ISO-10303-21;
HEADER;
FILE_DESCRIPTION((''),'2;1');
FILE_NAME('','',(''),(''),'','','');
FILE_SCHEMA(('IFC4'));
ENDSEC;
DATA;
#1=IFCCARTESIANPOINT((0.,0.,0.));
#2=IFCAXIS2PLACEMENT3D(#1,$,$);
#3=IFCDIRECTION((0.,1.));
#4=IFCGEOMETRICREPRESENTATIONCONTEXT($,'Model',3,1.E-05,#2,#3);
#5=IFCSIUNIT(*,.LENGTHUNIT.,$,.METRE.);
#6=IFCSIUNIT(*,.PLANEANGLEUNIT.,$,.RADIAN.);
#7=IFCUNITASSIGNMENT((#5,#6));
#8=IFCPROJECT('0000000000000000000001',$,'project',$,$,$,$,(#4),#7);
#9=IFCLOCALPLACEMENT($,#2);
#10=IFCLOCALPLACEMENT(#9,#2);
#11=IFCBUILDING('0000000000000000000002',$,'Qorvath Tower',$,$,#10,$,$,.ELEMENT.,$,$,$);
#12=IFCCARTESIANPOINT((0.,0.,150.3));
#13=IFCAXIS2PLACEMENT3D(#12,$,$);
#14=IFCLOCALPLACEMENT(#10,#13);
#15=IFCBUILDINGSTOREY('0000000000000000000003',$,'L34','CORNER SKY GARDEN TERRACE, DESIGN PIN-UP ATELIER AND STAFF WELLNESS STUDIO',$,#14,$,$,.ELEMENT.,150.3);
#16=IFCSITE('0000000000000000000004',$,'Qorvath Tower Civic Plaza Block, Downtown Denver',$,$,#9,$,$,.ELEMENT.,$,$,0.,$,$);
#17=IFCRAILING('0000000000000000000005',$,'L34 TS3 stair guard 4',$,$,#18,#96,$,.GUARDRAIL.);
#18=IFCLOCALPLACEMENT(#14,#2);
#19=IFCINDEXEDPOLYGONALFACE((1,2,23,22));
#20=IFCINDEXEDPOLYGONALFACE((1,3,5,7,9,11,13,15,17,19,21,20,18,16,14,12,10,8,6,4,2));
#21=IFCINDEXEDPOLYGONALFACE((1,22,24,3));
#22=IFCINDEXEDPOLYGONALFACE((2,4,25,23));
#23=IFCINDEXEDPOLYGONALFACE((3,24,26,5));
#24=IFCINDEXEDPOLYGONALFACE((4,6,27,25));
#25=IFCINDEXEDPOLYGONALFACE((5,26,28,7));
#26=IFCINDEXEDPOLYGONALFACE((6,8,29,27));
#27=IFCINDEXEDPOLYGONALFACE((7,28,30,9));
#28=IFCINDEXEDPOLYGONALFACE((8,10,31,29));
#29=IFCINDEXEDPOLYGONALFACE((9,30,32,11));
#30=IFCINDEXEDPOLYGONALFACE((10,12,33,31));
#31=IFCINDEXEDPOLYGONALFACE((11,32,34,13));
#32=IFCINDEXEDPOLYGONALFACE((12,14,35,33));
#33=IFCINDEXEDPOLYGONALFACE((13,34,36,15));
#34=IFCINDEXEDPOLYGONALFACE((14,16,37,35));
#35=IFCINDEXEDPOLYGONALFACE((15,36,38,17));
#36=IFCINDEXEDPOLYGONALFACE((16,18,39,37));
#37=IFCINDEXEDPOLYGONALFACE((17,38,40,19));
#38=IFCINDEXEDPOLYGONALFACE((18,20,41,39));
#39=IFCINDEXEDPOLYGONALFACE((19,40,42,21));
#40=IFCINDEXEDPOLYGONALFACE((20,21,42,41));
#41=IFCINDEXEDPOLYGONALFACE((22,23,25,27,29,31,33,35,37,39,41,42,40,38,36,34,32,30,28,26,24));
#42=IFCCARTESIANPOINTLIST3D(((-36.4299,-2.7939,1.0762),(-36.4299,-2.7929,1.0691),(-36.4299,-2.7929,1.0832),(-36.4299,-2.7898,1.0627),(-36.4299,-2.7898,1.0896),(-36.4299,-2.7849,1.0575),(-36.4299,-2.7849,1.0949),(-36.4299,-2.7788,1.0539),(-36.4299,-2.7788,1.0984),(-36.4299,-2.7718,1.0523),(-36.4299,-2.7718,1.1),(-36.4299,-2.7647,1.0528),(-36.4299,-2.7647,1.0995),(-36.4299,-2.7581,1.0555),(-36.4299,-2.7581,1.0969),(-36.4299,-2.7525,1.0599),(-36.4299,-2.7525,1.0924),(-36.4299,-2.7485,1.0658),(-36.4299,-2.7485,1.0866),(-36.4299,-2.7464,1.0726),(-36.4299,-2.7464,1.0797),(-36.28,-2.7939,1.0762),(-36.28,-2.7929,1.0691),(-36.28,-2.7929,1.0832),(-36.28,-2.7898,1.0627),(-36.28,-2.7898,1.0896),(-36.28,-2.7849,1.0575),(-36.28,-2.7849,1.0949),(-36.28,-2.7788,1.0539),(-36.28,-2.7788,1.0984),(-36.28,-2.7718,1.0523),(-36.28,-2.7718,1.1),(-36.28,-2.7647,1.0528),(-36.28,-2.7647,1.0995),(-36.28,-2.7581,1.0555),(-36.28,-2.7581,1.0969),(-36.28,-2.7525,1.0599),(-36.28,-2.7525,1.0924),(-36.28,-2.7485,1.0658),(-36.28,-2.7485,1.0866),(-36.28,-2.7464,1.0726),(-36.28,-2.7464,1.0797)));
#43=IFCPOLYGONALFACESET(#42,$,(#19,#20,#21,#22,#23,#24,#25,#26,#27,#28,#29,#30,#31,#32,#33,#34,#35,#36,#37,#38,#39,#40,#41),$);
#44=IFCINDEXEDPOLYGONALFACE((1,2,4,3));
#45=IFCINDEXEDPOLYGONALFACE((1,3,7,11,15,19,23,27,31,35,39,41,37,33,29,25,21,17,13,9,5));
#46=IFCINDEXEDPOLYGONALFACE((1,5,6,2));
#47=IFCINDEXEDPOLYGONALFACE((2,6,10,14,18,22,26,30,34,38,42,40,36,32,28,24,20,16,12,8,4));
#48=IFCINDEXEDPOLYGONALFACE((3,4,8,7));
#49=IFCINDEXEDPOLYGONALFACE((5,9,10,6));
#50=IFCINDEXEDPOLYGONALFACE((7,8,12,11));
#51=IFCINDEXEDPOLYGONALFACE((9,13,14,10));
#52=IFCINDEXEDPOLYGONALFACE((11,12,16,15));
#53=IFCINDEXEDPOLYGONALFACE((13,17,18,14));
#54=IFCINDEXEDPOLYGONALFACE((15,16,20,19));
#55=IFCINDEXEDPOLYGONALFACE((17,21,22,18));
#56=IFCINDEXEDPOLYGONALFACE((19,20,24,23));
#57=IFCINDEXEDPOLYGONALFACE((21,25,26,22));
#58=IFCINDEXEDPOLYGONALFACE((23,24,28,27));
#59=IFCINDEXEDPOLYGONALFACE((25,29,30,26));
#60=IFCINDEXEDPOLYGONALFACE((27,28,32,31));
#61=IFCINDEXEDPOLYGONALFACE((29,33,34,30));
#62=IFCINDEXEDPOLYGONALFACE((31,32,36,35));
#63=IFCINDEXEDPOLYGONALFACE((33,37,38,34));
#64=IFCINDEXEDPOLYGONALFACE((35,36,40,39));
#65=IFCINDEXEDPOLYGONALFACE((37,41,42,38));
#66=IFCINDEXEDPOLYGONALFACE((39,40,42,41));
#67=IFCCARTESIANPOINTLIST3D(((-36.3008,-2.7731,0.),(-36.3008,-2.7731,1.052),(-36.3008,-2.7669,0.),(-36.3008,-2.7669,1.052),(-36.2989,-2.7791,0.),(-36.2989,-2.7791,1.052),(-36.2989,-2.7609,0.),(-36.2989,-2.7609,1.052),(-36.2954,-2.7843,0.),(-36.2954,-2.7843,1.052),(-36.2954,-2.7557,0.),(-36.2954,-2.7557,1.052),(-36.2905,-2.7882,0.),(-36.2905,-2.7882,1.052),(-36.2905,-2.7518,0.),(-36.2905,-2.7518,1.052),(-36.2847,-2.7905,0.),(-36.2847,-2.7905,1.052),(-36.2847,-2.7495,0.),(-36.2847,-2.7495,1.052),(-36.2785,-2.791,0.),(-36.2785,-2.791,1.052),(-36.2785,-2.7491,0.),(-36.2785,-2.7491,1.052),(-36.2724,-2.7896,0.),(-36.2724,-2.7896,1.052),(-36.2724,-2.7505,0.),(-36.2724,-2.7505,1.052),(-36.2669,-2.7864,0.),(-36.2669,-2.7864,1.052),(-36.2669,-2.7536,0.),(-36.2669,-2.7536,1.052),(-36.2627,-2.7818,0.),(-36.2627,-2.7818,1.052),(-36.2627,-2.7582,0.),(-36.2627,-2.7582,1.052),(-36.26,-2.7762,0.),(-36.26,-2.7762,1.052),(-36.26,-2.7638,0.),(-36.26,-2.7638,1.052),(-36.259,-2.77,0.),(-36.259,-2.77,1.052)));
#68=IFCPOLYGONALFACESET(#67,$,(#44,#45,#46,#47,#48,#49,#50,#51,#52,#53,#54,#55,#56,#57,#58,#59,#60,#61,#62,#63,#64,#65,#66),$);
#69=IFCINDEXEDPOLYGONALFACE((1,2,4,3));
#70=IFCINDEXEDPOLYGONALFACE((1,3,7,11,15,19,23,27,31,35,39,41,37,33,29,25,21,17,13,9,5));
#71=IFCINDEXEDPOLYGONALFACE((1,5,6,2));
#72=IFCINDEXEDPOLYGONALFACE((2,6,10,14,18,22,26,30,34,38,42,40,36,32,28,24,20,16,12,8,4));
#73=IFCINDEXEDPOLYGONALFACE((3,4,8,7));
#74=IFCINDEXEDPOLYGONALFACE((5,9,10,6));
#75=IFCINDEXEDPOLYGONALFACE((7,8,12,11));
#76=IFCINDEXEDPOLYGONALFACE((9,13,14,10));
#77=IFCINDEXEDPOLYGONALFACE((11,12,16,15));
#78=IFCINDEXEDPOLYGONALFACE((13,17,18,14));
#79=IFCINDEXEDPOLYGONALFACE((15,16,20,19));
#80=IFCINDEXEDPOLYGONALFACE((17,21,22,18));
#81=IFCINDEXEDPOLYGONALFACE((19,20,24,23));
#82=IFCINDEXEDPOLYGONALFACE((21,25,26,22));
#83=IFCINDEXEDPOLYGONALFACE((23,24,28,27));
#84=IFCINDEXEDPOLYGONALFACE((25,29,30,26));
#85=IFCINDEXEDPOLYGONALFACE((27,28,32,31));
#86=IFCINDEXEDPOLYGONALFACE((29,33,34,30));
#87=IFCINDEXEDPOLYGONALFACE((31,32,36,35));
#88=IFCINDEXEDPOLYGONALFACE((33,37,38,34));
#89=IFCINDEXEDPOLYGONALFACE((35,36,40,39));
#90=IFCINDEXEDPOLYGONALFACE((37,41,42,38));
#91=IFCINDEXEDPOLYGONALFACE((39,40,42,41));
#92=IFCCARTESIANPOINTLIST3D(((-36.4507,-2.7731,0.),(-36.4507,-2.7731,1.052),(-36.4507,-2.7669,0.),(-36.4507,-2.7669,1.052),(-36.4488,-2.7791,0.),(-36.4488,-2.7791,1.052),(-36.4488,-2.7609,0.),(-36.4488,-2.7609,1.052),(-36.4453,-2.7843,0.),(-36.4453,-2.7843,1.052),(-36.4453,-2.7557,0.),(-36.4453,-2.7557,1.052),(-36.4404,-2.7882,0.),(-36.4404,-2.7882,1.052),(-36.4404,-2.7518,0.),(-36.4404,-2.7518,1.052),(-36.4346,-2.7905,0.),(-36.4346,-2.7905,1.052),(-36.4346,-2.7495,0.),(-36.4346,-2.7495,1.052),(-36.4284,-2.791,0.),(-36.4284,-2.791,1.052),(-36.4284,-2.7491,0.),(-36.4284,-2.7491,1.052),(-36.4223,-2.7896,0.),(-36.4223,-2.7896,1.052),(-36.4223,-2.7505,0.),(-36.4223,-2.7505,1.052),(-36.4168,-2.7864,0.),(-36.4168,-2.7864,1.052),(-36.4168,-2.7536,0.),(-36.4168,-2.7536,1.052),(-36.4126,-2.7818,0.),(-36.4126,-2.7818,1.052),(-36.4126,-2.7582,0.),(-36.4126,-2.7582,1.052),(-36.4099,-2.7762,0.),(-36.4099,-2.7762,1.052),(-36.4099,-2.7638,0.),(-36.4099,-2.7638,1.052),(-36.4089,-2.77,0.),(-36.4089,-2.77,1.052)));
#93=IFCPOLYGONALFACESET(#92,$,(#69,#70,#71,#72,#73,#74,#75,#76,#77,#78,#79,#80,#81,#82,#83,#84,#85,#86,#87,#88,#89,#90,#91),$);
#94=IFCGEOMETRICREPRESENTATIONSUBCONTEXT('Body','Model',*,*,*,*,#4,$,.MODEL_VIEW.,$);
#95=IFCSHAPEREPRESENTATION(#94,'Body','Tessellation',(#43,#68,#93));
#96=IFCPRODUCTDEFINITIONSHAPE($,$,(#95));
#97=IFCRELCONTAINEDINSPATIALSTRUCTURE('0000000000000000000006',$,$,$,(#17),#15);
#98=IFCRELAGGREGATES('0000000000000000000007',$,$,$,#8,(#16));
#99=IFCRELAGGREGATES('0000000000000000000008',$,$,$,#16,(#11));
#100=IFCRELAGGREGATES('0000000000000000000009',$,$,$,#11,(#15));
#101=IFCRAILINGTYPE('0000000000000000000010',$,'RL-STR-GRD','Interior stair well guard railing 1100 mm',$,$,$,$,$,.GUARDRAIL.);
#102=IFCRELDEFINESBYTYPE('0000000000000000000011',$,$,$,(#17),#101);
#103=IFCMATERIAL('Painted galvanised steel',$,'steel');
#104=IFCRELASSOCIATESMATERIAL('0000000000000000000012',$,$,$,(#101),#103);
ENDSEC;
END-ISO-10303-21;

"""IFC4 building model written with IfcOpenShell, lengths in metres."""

from ifc_helpers import new_model, si_unit, direction, frame, origin, origin_2d, place, context, subcontext, project, spatial, circle, extrude, material, type_object, element, save


model = new_model("IFC4")

# Units and contexts
model_context = context("Model", 3, precision=1e-05, world=origin(), true_north=direction((0.0, 1.0)))
body_context = subcontext(model_context, "Body", "Model", "MODEL_VIEW")
ifc_project = project(units=[si_unit("LENGTHUNIT", "METRE"), si_unit("PLANEANGLEUNIT", "RADIAN")], contexts=[model_context])

# Site, building, storey
site_placement = place(None, origin())
site = spatial("IfcSite", under=ifc_project, at=site_placement, Name="Qorvath Tower Civic Plaza Block, Downtown Denver", CompositionType="ELEMENT", RefElevation=0.0)
building_placement = place(site_placement, origin())
building = spatial("IfcBuilding", under=site, at=building_placement, Name="Qorvath Tower", CompositionType="ELEMENT")
storey_placement = place(building_placement, frame((0.0, 0.0, 150.3)))
storey = spatial("IfcBuildingStorey", under=building, at=storey_placement, Name="L34", Description="CORNER SKY GARDEN TERRACE, DESIGN PIN-UP ATELIER AND STAFF WELLNESS STUDIO", CompositionType="ELEMENT", Elevation=150.3)

# Railing
ifc_material_1 = material(Name="Painted galvanised steel", Category="steel")
railing_type_1 = type_object("IfcRailingType", Name="RL-STR-GRD", Description="Interior stair well guard railing 1100 mm", PredefinedType="GUARDRAIL", material=ifc_material_1)
railing_1_placement = place(storey_placement, frame((-36.28, -2.77, 0.0)))
element("IfcRailing", 1, at=railing_1_placement, inside=storey, type_object=railing_type_1, Name="L34 TS3 stair guard 4", PredefinedType="GUARDRAIL", context=body_context, shape_type="SweptSolid", body=[
    extrude(circle(Radius=0.0239, at=origin_2d()), frame((0.0, 0.0, 1.0762), z_axis=(-1.0, 0.0, 0.0), x_axis=(0.0, -1.0, 0.0)), (0.0, 0.0, 1.0), 0.1499),
    extrude(circle(Radius=0.021, at=origin_2d()), origin(), (0.0, 0.0, 1.0), 1.052),
    extrude(circle(Radius=0.021, at=origin_2d()), frame((-0.1499, 0.0, 0.0)), (0.0, 0.0, 1.0), 1.052),
])

save(model, "model.ifc")
